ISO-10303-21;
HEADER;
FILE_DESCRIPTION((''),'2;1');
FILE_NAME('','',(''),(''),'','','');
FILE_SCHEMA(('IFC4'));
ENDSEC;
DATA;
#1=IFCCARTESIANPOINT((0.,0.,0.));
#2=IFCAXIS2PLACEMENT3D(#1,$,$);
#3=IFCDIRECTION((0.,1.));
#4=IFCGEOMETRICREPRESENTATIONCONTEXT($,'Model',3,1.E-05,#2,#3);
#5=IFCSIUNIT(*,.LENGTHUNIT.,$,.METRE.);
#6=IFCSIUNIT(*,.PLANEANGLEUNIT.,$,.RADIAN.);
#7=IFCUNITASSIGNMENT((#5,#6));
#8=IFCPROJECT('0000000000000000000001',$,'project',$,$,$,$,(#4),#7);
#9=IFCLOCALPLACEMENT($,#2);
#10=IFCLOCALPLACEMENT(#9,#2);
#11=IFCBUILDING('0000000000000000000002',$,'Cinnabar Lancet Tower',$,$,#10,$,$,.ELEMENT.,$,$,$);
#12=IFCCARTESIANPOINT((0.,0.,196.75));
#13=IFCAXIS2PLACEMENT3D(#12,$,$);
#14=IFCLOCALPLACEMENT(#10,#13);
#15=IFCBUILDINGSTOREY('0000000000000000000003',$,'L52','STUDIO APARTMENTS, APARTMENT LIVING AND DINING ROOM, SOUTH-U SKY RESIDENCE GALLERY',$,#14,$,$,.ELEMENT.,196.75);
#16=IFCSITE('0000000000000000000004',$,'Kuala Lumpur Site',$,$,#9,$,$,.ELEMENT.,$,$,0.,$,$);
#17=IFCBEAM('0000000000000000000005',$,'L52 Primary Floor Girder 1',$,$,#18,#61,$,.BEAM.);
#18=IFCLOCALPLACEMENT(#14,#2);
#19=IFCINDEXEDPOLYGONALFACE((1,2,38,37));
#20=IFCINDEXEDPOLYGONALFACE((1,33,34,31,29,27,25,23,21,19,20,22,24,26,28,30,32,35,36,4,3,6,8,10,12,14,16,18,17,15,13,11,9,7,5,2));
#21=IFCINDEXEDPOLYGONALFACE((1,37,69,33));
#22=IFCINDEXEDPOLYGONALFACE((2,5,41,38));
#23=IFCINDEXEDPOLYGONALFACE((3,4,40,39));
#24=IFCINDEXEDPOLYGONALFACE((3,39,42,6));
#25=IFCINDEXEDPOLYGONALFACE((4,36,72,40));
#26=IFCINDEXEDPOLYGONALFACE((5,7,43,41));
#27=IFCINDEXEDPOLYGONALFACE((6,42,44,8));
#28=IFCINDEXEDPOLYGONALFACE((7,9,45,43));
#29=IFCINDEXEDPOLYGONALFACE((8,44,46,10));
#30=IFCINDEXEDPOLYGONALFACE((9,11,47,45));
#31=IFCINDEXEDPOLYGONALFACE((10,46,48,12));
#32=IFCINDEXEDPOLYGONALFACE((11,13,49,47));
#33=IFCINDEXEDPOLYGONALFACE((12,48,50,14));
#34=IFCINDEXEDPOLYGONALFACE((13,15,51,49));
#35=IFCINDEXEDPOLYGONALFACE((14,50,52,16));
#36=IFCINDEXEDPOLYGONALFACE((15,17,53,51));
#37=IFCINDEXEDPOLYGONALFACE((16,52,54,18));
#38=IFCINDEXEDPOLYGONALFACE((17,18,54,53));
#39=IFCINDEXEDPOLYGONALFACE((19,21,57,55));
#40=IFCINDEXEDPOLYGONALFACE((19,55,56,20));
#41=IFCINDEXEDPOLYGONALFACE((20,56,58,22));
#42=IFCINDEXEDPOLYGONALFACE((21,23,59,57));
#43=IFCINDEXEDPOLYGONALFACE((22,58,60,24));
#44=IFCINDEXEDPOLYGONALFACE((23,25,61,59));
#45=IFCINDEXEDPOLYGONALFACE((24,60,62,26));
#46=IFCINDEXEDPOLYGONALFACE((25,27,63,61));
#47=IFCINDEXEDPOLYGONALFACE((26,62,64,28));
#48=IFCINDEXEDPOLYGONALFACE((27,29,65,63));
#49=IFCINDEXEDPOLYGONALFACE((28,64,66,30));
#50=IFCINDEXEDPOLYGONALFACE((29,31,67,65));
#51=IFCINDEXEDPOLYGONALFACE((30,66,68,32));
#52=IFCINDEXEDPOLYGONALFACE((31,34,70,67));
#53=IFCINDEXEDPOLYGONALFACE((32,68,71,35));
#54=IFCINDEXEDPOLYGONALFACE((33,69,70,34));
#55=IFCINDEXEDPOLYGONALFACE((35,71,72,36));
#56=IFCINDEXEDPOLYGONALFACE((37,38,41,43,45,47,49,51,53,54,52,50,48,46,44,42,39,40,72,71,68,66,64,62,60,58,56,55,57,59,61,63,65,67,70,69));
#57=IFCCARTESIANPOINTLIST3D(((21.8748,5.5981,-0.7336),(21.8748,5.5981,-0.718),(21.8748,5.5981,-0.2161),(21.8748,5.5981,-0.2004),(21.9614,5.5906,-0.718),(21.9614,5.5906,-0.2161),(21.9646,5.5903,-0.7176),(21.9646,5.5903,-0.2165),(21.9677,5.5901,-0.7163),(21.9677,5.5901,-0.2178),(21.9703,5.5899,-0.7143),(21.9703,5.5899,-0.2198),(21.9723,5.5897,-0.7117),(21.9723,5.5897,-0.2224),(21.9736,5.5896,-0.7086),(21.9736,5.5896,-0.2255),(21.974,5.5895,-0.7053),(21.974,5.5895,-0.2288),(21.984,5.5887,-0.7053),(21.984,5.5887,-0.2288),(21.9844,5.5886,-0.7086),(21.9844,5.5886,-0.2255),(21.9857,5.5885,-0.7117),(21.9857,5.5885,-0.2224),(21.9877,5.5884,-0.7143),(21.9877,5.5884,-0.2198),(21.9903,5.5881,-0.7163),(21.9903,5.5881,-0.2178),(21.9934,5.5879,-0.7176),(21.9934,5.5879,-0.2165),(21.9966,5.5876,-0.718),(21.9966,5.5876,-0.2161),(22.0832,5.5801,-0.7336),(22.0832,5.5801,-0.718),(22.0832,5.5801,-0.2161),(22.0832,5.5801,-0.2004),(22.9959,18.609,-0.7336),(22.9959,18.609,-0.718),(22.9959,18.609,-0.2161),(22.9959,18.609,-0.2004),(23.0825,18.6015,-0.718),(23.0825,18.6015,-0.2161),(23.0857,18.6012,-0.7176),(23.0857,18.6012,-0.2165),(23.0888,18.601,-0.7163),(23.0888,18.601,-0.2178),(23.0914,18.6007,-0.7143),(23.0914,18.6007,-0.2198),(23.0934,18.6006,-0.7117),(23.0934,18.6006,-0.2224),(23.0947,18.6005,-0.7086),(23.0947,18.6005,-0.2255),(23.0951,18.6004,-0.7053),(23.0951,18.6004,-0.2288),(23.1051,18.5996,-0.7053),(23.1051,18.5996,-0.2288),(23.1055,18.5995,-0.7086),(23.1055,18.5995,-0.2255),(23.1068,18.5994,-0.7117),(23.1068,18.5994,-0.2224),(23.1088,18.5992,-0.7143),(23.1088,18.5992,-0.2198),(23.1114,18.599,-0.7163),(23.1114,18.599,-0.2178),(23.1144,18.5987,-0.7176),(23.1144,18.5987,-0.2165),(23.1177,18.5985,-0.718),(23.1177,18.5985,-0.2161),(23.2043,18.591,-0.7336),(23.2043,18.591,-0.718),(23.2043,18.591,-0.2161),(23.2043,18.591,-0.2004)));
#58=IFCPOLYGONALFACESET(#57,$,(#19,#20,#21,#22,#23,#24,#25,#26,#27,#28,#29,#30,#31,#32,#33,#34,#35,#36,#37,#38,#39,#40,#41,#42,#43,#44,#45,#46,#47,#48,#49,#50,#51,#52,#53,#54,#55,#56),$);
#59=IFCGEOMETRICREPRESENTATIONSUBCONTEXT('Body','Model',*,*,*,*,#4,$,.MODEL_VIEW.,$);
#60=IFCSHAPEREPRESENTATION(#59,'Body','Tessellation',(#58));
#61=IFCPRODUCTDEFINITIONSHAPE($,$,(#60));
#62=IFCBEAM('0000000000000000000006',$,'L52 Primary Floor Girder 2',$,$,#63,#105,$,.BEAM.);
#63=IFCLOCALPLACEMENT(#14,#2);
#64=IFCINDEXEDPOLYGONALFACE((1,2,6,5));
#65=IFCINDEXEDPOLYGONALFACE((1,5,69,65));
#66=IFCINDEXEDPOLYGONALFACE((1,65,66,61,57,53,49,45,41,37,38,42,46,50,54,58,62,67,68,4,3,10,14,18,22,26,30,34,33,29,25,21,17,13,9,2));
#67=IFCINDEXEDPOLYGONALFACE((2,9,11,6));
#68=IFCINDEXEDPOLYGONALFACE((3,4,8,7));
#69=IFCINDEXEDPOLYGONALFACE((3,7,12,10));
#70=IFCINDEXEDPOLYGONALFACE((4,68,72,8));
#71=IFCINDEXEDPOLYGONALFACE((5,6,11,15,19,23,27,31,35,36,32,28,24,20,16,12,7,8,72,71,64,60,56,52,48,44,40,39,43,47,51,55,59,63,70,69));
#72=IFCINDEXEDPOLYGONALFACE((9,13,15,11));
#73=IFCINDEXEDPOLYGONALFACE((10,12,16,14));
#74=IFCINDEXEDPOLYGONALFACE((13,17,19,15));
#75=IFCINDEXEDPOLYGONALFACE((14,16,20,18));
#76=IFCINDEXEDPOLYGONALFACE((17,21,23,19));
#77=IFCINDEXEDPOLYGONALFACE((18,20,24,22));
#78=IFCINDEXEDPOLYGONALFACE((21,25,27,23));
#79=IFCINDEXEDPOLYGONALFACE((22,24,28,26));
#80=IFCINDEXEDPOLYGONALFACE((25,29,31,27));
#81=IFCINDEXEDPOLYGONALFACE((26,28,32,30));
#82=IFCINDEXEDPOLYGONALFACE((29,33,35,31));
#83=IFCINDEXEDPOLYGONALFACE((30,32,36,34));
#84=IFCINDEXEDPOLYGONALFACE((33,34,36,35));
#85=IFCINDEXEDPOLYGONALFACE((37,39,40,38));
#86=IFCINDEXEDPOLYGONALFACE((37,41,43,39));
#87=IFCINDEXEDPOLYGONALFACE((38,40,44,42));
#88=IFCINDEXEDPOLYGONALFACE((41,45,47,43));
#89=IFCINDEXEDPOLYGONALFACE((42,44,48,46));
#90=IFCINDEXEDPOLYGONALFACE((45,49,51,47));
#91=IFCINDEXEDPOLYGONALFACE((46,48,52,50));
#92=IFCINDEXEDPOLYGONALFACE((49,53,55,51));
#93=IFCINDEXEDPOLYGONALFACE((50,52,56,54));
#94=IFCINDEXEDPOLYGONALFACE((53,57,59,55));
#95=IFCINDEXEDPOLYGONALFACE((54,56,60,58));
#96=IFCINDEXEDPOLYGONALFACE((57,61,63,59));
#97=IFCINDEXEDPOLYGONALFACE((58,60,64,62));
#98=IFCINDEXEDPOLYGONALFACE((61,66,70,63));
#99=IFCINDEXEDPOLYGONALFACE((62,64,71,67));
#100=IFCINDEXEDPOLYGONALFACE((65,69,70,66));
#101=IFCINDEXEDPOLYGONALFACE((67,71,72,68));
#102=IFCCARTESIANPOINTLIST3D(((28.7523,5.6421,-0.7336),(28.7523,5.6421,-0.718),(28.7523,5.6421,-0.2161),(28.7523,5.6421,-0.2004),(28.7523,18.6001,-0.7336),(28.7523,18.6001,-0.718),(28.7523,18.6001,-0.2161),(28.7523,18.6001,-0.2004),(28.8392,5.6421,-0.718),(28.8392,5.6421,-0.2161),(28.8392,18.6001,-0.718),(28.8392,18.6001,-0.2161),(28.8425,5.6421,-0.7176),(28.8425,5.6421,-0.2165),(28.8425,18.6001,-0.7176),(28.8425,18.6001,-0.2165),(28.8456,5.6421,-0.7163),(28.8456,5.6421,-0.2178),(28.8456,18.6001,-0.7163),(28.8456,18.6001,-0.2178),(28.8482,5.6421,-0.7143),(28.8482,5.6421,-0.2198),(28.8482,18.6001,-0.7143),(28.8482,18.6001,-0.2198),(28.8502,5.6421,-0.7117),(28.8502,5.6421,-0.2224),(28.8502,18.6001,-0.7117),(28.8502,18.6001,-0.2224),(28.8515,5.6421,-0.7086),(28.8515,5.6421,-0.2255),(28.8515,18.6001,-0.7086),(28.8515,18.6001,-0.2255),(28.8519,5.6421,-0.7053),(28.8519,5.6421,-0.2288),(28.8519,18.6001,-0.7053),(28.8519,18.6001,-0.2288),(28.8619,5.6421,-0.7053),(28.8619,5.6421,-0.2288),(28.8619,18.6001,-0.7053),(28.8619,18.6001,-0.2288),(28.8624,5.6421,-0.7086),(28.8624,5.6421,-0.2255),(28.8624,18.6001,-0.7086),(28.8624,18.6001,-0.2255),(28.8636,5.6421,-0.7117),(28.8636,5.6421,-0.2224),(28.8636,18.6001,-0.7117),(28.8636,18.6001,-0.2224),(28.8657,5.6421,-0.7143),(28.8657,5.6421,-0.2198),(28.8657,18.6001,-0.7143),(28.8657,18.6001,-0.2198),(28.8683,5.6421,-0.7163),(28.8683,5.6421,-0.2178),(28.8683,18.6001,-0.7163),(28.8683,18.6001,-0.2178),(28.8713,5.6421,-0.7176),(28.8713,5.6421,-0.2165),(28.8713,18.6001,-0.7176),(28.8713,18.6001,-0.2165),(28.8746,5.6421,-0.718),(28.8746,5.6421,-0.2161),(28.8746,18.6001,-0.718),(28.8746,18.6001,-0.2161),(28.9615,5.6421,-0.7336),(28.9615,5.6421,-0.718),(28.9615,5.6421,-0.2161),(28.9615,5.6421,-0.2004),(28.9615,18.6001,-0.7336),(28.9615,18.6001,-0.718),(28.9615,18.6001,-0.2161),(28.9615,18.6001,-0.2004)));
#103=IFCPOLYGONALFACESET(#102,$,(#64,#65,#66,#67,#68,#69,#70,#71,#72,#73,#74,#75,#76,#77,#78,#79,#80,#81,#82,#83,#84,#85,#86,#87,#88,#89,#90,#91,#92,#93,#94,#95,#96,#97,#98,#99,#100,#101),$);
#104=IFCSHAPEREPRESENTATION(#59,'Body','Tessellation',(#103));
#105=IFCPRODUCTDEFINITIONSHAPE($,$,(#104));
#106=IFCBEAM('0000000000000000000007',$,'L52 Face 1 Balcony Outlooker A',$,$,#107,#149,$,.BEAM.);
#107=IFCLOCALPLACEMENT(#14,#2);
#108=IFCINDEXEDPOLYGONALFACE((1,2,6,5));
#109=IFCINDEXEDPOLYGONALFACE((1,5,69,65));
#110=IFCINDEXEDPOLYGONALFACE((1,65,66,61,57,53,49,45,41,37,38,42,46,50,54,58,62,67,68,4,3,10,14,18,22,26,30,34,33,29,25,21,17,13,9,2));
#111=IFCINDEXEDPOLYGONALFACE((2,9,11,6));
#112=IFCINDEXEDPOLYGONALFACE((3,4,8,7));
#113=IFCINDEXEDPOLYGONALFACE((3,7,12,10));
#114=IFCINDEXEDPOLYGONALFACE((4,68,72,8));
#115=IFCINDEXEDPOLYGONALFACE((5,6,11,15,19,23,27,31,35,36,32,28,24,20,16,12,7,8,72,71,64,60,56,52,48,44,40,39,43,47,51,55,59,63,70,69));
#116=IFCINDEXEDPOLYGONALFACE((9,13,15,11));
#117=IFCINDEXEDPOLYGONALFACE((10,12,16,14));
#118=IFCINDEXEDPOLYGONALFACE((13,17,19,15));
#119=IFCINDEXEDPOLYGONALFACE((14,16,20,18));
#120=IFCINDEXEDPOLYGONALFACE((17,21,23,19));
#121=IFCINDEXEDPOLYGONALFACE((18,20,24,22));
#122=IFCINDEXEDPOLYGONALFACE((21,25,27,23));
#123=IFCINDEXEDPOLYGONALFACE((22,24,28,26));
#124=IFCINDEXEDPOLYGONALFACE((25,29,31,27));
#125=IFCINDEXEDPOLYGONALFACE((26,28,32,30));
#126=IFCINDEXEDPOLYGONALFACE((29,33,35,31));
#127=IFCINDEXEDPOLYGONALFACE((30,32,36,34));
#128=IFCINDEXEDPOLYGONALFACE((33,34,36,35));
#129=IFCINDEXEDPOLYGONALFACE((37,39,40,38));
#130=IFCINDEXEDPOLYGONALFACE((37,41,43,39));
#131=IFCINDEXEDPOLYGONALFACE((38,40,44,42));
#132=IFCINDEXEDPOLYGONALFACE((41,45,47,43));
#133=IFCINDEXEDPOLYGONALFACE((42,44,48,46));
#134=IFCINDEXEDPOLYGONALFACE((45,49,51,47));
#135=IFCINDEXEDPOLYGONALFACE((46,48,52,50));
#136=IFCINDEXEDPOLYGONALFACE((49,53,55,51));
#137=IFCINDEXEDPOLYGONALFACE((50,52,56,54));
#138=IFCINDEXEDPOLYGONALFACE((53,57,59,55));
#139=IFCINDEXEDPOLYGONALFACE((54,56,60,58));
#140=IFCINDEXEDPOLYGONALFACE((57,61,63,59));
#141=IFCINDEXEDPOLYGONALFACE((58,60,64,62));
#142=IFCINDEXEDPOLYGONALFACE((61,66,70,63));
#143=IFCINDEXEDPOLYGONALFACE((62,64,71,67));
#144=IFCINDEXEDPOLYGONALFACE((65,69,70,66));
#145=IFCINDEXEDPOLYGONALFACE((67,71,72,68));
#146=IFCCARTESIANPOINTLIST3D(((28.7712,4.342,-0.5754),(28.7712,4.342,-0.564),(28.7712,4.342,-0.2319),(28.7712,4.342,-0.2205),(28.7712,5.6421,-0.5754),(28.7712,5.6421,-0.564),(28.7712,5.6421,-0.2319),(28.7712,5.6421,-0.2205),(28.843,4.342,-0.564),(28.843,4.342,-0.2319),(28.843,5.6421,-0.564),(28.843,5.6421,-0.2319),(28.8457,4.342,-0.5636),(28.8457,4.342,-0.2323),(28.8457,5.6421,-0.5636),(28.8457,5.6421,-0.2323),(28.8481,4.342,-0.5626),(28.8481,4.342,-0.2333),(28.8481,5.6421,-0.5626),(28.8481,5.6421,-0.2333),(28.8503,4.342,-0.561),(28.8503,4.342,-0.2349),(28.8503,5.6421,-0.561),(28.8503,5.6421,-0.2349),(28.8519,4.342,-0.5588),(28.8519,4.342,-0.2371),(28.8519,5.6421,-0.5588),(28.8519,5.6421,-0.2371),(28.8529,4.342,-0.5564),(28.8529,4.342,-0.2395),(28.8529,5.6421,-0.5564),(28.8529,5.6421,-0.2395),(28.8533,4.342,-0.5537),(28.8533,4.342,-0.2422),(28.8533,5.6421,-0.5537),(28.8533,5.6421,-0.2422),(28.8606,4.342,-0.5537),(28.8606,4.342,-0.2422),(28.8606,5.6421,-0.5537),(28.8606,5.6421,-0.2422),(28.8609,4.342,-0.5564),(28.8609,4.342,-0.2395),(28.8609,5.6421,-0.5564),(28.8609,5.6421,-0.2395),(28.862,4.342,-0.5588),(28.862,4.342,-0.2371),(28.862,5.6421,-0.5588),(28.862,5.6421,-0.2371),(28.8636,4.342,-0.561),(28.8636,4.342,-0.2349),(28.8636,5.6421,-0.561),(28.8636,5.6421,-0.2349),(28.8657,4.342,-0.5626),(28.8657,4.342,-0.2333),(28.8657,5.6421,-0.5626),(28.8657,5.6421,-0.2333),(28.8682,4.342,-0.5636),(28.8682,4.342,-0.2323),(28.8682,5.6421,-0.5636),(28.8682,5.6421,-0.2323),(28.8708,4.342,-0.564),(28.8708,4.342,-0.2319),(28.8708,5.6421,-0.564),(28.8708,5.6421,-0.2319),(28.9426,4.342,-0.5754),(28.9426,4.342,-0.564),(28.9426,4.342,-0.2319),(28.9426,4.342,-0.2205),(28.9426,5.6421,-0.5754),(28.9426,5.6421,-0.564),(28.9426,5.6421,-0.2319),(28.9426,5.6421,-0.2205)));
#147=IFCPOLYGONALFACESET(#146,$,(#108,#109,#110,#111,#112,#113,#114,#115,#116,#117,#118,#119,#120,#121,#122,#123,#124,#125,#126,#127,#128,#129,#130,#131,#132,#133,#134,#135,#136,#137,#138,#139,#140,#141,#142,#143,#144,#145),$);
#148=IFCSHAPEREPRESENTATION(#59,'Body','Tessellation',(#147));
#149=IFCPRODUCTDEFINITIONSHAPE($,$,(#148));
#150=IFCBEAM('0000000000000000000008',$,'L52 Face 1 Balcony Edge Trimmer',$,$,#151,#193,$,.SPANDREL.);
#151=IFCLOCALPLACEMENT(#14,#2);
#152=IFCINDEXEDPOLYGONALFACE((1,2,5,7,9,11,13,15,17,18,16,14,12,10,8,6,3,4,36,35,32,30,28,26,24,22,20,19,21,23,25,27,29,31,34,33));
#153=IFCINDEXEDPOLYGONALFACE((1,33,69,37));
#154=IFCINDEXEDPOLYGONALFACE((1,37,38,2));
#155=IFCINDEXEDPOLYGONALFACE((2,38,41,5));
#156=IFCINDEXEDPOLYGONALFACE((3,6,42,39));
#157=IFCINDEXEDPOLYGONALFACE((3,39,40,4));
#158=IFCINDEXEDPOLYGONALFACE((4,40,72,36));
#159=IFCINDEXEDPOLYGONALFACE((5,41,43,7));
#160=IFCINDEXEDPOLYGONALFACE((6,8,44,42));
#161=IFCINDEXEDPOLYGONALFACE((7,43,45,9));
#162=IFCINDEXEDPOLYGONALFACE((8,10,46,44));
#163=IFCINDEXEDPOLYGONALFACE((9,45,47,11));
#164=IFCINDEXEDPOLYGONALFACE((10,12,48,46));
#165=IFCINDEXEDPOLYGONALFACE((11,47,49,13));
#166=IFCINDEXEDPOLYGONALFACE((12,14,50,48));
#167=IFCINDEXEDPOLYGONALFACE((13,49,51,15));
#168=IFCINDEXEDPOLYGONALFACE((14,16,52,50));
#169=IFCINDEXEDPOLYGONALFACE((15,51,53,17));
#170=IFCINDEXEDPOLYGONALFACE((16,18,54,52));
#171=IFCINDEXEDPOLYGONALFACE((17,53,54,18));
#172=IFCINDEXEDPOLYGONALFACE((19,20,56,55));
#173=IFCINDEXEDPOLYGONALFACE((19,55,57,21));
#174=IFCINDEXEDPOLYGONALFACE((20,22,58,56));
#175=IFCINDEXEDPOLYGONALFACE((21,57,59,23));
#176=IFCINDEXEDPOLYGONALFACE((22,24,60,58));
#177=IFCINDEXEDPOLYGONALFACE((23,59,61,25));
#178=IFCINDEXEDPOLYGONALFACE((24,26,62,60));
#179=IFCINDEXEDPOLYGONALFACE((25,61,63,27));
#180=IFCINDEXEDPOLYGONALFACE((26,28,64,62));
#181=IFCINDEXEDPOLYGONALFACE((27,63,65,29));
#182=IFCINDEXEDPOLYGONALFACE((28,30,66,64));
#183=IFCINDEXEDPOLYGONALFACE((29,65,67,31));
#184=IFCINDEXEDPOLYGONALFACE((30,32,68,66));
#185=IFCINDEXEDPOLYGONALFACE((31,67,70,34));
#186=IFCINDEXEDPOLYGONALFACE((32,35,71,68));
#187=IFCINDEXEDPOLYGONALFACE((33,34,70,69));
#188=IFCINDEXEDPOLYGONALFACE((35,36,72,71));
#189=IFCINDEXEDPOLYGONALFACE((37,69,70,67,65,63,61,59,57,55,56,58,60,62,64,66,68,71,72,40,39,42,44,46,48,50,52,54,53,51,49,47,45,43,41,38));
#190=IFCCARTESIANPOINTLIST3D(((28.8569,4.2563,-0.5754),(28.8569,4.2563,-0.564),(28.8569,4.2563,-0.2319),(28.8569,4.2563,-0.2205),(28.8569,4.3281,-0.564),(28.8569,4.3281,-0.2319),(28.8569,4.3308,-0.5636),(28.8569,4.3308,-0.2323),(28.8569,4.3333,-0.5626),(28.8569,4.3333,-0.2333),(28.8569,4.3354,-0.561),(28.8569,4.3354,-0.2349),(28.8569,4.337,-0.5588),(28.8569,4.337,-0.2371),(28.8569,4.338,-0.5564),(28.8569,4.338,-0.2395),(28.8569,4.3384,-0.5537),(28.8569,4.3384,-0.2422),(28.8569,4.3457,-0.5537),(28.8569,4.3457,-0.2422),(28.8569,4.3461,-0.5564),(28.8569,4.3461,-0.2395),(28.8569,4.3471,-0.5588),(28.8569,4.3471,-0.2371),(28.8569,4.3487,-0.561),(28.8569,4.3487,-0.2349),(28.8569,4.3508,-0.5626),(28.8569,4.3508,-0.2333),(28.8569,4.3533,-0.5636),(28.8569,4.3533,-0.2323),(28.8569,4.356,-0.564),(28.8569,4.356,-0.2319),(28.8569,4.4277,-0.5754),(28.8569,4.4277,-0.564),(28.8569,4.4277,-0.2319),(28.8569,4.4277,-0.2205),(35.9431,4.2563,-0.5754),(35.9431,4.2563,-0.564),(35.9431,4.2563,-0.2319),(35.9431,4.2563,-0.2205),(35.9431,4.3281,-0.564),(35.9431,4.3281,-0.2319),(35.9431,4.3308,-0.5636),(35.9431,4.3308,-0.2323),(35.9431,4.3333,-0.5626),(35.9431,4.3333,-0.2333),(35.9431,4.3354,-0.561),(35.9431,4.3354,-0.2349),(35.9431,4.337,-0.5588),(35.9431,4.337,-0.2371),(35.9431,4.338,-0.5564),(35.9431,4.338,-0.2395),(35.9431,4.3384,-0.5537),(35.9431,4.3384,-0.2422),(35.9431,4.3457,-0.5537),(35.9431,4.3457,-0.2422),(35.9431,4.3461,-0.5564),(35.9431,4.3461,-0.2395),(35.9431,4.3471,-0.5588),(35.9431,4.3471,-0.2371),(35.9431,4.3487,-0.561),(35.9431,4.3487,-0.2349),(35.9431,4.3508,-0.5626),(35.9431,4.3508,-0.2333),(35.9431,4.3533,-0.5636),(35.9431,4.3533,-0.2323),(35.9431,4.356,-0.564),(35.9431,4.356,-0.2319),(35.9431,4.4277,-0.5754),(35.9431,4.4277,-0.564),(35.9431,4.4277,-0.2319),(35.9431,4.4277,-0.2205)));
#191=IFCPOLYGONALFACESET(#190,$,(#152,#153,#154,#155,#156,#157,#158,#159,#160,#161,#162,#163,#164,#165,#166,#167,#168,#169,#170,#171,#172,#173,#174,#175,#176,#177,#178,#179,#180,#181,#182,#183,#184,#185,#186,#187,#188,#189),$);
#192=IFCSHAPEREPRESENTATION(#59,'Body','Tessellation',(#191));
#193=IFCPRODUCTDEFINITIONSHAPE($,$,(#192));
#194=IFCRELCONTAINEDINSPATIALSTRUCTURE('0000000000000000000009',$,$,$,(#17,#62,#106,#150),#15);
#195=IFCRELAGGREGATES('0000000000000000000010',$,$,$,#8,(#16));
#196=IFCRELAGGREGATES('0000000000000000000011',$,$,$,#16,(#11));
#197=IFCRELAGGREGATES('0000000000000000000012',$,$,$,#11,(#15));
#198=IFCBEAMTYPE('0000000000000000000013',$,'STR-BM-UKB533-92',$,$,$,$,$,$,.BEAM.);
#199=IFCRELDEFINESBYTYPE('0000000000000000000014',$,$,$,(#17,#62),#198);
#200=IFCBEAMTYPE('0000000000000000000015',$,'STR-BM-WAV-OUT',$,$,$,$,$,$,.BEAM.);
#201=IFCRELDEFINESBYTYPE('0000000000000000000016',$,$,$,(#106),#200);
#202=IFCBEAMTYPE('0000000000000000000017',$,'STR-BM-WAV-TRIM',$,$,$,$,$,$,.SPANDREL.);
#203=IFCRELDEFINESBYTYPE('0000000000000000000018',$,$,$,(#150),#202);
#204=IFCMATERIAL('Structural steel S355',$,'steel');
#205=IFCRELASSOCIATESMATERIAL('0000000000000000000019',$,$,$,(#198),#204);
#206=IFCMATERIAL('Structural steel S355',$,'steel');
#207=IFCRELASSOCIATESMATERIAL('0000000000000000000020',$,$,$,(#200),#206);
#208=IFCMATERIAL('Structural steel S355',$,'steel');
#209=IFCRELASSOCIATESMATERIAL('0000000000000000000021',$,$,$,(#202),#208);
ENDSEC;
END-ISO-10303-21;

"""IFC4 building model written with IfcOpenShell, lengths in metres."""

from ifc_helpers import new_model, si_unit, direction, frame, origin, origin_2d, place, context, subcontext, project, spatial, i_section, extrude, material, material_profile, profile_set, type_object, element, save


model = new_model("IFC4")

# Units and contexts
model_context = context("Model", 3, precision=1e-05, world=origin(), true_north=direction((0.0, 1.0)))
body_context = subcontext(model_context, "Body", "Model", "MODEL_VIEW")
ifc_project = project(units=[si_unit("LENGTHUNIT", "METRE"), si_unit("PLANEANGLEUNIT", "RADIAN")], contexts=[model_context])

# Site, building, storey
site_placement = place(None, origin())
site = spatial("IfcSite", under=ifc_project, at=site_placement, Name="Kuala Lumpur Site", CompositionType="ELEMENT", RefElevation=0.0)
building_placement = place(site_placement, origin())
building = spatial("IfcBuilding", under=site, at=building_placement, Name="Cinnabar Lancet Tower", CompositionType="ELEMENT")
storey_placement = place(building_placement, frame((0.0, 0.0, 196.75)))
storey = spatial("IfcBuildingStorey", under=building, at=storey_placement, Name="L52", Description="STUDIO APARTMENTS, APARTMENT LIVING AND DINING ROOM, SOUTH-U SKY RESIDENCE GALLERY", CompositionType="ELEMENT", Elevation=196.75)

# Beams
ifc_material_1 = material(Name="Structural steel S355", Category="steel")
ifc_material_profile_1 = material_profile(ifc_material_1, i_section(OverallWidth=0.2092, OverallDepth=0.5332, WebThickness=0.01, FlangeThickness=0.0156, FilletRadius=0.0127, at=origin_2d()), Name="UKB 533x210x92")
ifc_profile_set_1 = profile_set([ifc_material_profile_1], Name="Structural steel S355")
beam_type_1 = type_object("IfcBeamType", Name="STR-BM-UKB533-92", PredefinedType="BEAM", material=ifc_profile_set_1)
beam_1_placement = place(storey_placement, frame((21.979, 5.5891, -0.467), z_axis=(0.085847, 0.996308, 0.0), x_axis=(-0.996308, 0.085847, 0.0)))
element("IfcBeam", 1, at=beam_1_placement, inside=storey, type_object=beam_type_1, Name="L52 Primary Floor Girder 1", PredefinedType="BEAM", context=body_context, shape_type="SweptSolid", body=[
    extrude(i_section(OverallWidth=0.2092, OverallDepth=0.5332, WebThickness=0.01, FlangeThickness=0.0156, FilletRadius=0.0127, at=origin_2d()), origin(), (0.0, 0.0, 1.0), 13.0591),
])
beam_2_placement = place(storey_placement, frame((28.8569, 5.6421, -0.467), z_axis=(0.0, 1.0, 0.0), x_axis=(-1.0, 0.0, 0.0)))
element("IfcBeam", 2, at=beam_2_placement, inside=storey, type_object=beam_type_1, Name="L52 Primary Floor Girder 2", PredefinedType="BEAM", context=body_context, shape_type="SweptSolid", body=[
    extrude(i_section(OverallWidth=0.2092, OverallDepth=0.5332, WebThickness=0.01, FlangeThickness=0.0156, FilletRadius=0.0127, at=origin_2d()), origin(), (0.0, 0.0, 1.0), 12.958),
])
ifc_material_2 = material(Name="Structural steel S355", Category="steel")
ifc_material_profile_2 = material_profile(ifc_material_2, i_section(OverallWidth=0.1714, OverallDepth=0.355, WebThickness=0.0073, FlangeThickness=0.0115, FilletRadius=0.0103, at=origin_2d()), Name="UKB 356x171x51")
ifc_profile_set_2 = profile_set([ifc_material_profile_2], Name="Structural steel S355")
beam_type_2 = type_object("IfcBeamType", Name="STR-BM-WAV-OUT", PredefinedType="BEAM", material=ifc_profile_set_2)
beam_3_placement = place(storey_placement, frame((28.8569, 5.6421, -0.3979), z_axis=(0.0, -1.0, 0.0), x_axis=(1.0, 0.0, 0.0)))
element("IfcBeam", 3, at=beam_3_placement, inside=storey, type_object=beam_type_2, Name="L52 Face 1 Balcony Outlooker A", PredefinedType="BEAM", context=body_context, shape_type="SweptSolid", body=[
    extrude(i_section(OverallWidth=0.1714, OverallDepth=0.355, WebThickness=0.0073, FlangeThickness=0.0115, FilletRadius=0.0103, at=origin_2d()), origin(), (0.0, 0.0, 1.0), 1.3),
])
ifc_material_3 = material(Name="Structural steel S355", Category="steel")
ifc_material_profile_3 = material_profile(ifc_material_3, i_section(OverallWidth=0.1714, OverallDepth=0.355, WebThickness=0.0073, FlangeThickness=0.0115, FilletRadius=0.0103, at=origin_2d()), Name="UKB 356x171x51")
ifc_profile_set_3 = profile_set([ifc_material_profile_3], Name="Structural steel S355")
beam_type_3 = type_object("IfcBeamType", Name="STR-BM-WAV-TRIM", PredefinedType="SPANDREL", material=ifc_profile_set_3)
beam_4_placement = place(storey_placement, frame((28.8569, 4.342, -0.3979), z_axis=(1.0, 0.0, 0.0), x_axis=(0.0, 1.0, 0.0)))
element("IfcBeam", 4, at=beam_4_placement, inside=storey, type_object=beam_type_3, Name="L52 Face 1 Balcony Edge Trimmer", PredefinedType="SPANDREL", context=body_context, shape_type="SweptSolid", body=[
    extrude(i_section(OverallWidth=0.1714, OverallDepth=0.355, WebThickness=0.0073, FlangeThickness=0.0115, FilletRadius=0.0103, at=origin_2d()), origin(), (0.0, 0.0, 1.0), 7.0862),
])

save(model, "model.ifc")
